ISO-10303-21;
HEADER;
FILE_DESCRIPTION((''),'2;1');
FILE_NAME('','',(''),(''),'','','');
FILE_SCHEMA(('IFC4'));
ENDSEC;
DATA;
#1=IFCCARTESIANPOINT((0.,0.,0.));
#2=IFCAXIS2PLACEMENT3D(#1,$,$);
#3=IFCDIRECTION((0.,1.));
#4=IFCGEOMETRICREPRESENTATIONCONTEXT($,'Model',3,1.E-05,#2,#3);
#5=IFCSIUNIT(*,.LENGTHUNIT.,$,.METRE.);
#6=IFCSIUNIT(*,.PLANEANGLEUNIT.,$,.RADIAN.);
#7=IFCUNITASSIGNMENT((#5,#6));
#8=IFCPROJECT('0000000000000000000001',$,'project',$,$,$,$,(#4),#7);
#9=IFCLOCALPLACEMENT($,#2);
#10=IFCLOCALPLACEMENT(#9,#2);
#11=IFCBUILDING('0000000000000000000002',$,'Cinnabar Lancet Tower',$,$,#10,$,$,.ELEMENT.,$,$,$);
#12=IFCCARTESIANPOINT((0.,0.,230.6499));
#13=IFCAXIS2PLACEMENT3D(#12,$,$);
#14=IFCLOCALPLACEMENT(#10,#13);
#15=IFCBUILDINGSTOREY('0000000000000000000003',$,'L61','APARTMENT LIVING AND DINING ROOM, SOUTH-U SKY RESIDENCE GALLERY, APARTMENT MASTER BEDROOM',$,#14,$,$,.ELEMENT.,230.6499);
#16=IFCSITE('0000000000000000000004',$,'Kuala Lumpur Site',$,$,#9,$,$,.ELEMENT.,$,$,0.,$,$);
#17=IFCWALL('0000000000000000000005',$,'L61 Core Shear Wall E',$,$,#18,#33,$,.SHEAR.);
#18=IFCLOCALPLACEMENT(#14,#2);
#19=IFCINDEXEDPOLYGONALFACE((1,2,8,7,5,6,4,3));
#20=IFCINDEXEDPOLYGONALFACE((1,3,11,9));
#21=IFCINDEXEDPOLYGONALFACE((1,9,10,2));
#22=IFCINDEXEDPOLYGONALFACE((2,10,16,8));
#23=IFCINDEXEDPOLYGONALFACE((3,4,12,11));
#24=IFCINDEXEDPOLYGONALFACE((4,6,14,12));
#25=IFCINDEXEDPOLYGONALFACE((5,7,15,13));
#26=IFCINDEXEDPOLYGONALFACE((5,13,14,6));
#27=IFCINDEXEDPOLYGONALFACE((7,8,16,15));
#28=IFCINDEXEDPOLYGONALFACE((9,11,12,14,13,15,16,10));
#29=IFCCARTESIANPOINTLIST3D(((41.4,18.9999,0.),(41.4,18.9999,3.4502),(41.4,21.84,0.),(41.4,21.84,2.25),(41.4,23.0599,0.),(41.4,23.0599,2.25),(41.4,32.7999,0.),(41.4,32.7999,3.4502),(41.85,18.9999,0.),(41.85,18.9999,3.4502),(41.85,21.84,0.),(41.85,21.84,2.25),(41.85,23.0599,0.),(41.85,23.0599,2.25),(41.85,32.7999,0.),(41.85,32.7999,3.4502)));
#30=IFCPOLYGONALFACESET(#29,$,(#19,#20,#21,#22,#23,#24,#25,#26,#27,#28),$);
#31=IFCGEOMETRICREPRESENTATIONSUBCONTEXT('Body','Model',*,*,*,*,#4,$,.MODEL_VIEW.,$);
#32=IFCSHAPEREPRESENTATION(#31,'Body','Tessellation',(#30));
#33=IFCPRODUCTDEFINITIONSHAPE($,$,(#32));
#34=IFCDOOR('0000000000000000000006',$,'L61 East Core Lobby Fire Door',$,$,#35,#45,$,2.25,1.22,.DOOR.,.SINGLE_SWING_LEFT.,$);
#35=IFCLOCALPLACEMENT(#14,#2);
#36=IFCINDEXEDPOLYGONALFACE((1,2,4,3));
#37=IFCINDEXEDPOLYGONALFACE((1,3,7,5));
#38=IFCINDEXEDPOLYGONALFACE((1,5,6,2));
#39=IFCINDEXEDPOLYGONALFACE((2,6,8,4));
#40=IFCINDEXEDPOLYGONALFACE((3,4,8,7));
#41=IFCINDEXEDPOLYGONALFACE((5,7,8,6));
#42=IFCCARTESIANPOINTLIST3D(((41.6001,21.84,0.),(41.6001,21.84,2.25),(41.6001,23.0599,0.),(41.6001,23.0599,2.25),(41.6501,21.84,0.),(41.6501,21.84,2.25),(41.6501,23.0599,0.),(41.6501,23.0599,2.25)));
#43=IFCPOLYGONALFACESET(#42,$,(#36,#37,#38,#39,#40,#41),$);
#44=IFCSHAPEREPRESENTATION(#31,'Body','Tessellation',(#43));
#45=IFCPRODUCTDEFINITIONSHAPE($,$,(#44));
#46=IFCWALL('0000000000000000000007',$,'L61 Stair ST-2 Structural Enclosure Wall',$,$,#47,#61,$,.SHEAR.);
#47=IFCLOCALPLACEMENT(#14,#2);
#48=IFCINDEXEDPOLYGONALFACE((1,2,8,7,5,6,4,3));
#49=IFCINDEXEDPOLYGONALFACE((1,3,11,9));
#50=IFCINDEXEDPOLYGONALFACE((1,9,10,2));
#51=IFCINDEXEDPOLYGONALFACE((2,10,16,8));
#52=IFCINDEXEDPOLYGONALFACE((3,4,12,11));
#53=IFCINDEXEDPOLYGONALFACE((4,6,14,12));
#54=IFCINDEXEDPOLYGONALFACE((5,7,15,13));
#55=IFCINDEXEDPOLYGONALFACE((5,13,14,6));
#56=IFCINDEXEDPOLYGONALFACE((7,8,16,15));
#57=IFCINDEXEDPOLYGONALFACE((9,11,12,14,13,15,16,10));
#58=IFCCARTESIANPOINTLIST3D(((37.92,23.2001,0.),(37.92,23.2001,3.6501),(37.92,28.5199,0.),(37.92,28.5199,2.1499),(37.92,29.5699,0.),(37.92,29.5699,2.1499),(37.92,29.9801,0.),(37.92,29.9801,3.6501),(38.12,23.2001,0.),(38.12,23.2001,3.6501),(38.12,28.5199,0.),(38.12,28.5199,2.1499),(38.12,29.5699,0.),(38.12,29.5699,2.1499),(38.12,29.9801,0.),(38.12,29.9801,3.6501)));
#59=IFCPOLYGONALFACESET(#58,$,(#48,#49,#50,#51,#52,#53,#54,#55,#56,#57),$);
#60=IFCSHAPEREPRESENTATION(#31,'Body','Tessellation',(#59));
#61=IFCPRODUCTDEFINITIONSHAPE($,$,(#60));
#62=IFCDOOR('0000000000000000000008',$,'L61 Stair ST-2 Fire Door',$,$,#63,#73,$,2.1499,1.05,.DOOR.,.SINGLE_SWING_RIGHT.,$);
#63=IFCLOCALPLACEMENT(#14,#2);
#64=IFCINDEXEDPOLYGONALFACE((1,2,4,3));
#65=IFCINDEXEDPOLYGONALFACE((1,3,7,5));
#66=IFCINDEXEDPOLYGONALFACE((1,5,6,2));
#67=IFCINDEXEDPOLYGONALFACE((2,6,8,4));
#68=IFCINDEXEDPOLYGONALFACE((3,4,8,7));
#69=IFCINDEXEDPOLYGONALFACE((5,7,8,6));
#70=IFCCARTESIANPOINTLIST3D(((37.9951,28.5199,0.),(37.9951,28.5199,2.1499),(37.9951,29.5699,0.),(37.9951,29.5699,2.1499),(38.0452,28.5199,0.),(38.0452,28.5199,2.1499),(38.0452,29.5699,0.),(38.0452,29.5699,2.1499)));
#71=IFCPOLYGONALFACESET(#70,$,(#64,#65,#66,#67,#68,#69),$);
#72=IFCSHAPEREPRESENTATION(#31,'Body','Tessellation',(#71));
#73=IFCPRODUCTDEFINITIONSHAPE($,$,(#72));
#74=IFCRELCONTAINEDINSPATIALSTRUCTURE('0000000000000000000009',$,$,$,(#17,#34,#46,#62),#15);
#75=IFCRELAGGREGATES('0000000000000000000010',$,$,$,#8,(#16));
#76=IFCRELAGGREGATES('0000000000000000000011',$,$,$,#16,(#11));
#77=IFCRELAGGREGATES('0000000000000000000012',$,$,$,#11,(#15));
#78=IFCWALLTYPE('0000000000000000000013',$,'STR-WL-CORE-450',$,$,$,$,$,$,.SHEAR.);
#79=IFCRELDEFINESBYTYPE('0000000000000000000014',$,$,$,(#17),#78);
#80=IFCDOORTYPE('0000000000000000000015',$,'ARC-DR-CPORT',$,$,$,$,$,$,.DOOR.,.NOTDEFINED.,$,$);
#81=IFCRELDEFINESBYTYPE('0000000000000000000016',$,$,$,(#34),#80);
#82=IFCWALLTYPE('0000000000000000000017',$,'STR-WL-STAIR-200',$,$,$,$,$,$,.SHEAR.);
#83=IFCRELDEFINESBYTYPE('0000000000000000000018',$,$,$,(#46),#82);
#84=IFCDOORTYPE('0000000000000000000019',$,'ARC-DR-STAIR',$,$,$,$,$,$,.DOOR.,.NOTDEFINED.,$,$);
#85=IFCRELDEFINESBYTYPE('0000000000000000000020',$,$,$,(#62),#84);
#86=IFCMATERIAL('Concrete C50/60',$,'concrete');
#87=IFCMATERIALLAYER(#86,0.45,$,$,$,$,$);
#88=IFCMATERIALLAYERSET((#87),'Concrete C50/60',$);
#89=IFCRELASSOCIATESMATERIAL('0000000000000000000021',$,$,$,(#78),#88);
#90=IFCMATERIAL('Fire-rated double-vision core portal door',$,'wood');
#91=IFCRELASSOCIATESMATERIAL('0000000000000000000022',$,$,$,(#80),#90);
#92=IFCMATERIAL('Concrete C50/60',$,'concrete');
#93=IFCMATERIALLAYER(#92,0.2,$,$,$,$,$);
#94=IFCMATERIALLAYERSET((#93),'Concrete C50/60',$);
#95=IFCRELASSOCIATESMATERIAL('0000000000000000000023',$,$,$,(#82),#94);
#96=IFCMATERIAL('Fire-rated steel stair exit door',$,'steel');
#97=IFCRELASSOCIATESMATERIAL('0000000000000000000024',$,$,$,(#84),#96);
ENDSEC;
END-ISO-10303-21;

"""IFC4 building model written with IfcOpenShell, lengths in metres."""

from ifc_helpers import new_model, si_unit, direction, frame, frame_2d, origin, place, context, subcontext, project, spatial, rectangle, extrude, material, layer, layer_set, type_object, element, fill, save


model = new_model("IFC4")

# Units and contexts
model_context = context("Model", 3, precision=1e-05, world=origin(), true_north=direction((0.0, 1.0)))
body_context = subcontext(model_context, "Body", "Model", "MODEL_VIEW")
ifc_project = project(units=[si_unit("LENGTHUNIT", "METRE"), si_unit("PLANEANGLEUNIT", "RADIAN")], contexts=[model_context])

# Site, building, storey
site_placement = place(None, origin())
site = spatial("IfcSite", under=ifc_project, at=site_placement, Name="Kuala Lumpur Site", CompositionType="ELEMENT", RefElevation=0.0)
building_placement = place(site_placement, origin())
building = spatial("IfcBuilding", under=site, at=building_placement, Name="Cinnabar Lancet Tower", CompositionType="ELEMENT")
storey_placement = place(building_placement, frame((0.0, 0.0, 230.6499)))
storey = spatial("IfcBuildingStorey", under=building, at=storey_placement, Name="L61", Description="APARTMENT LIVING AND DINING ROOM, SOUTH-U SKY RESIDENCE GALLERY, APARTMENT MASTER BEDROOM", CompositionType="ELEMENT", Elevation=230.6499)

# Walls, openings, doors
ifc_material_1 = material(Name="Concrete C50/60", Category="concrete")
ifc_layer_1 = layer(ifc_material_1, 0.45)
ifc_layer_set_1 = layer_set([ifc_layer_1], Name="Concrete C50/60")
wall_type_1 = type_object("IfcWallType", Name="STR-WL-CORE-450", PredefinedType="SHEAR", material=ifc_layer_set_1)
wall_1_placement = place(storey_placement, frame((41.625, 19.0, 0.0), z_axis=(0.0, 0.0, 1.0), x_axis=(0.0, 1.0, 0.0)))
wall_1 = element("IfcWall", 1, at=wall_1_placement, inside=storey, type_object=wall_type_1, Name="L61 Core Shear Wall E", PredefinedType="SHEAR", context=body_context, shape_type="SweptSolid", body=[
    extrude(rectangle(XDim=13.8, YDim=0.45, at=frame_2d((6.8999, 0.0))), origin(), (0.0, 0.0, 1.0), 3.4502),
])
opening_1_placement = place(wall_1_placement, frame((2.8401, 0.0, 0.0)))
opening_1 = element("IfcOpeningElement", 2, at=opening_1_placement, cuts=wall_1, PredefinedType="OPENING", context=body_context, shape_type="SweptSolid", body=[
    extrude(rectangle(XDim=1.22, YDim=2.25, at=frame_2d((0.6099, 1.125))), frame((0.0, 0.2349, 0.0), z_axis=(0.0, -1.0, 0.0), x_axis=(1.0, 0.0, 0.0)), (0.0, 0.0, 1.0), 0.47),
])
ifc_material_2 = material(Name="Fire-rated double-vision core portal door", Category="wood")
door_type_1 = type_object("IfcDoorType", Name="ARC-DR-CPORT", OperationType="NOTDEFINED", PredefinedType="DOOR", material=ifc_material_2)
door_1_placement = place(opening_1_placement, origin())
door_1 = element("IfcDoor", 3, at=door_1_placement, inside=storey, type_object=door_type_1, Name="L61 East Core Lobby Fire Door", OperationType="SINGLE_SWING_LEFT", OverallHeight=2.25, OverallWidth=1.22, PredefinedType="DOOR", context=body_context, shape_type="SweptSolid", body=[
    extrude(rectangle(XDim=1.22, YDim=2.25, at=frame_2d((0.6099, 1.125))), frame((0.0, 0.0249, 0.0), z_axis=(0.0, -1.0, 0.0), x_axis=(1.0, 0.0, 0.0)), (0.0, 0.0, 1.0), 0.05),
])
fill(opening_1, door_1)
ifc_material_3 = material(Name="Concrete C50/60", Category="concrete")
ifc_layer_2 = layer(ifc_material_3, 0.2)
ifc_layer_set_2 = layer_set([ifc_layer_2], Name="Concrete C50/60")
wall_type_2 = type_object("IfcWallType", Name="STR-WL-STAIR-200", PredefinedType="SHEAR", material=ifc_layer_set_2)
wall_2_placement = place(storey_placement, frame((38.02, 23.2, 0.0), z_axis=(0.0, 0.0, 1.0), x_axis=(0.0, 1.0, 0.0)))
wall_2 = element("IfcWall", 4, at=wall_2_placement, inside=storey, type_object=wall_type_2, Name="L61 Stair ST-2 Structural Enclosure Wall", PredefinedType="SHEAR", context=body_context, shape_type="SweptSolid", body=[
    extrude(rectangle(XDim=6.78, YDim=0.2, at=frame_2d((3.3901, 0.0))), origin(), (0.0, 0.0, 1.0), 3.6501),
])
opening_2_placement = place(wall_2_placement, frame((5.3201, 0.0, 0.0)))
opening_2 = element("IfcOpeningElement", 5, at=opening_2_placement, cuts=wall_2, PredefinedType="OPENING", context=body_context, shape_type="SweptSolid", body=[
    extrude(rectangle(XDim=1.05, YDim=2.1499, at=frame_2d((0.5249, 1.075))), frame((0.0, 0.1099, 0.0), z_axis=(0.0, -1.0, 0.0), x_axis=(1.0, 0.0, 0.0)), (0.0, 0.0, 1.0), 0.22),
])
ifc_material_4 = material(Name="Fire-rated steel stair exit door", Category="steel")
door_type_2 = type_object("IfcDoorType", Name="ARC-DR-STAIR", OperationType="NOTDEFINED", PredefinedType="DOOR", material=ifc_material_4)
door_2_placement = place(opening_2_placement, origin())
door_2 = element("IfcDoor", 6, at=door_2_placement, inside=storey, type_object=door_type_2, Name="L61 Stair ST-2 Fire Door", OperationType="SINGLE_SWING_RIGHT", OverallHeight=2.1499, OverallWidth=1.05, PredefinedType="DOOR", context=body_context, shape_type="SweptSolid", body=[
    extrude(rectangle(XDim=1.05, YDim=2.1499, at=frame_2d((0.5249, 1.075))), frame((0.0, 0.0249, 0.0), z_axis=(0.0, -1.0, 0.0), x_axis=(1.0, 0.0, 0.0)), (0.0, 0.0, 1.0), 0.05),
])
fill(opening_2, door_2)

save(model, "model.ifc")
